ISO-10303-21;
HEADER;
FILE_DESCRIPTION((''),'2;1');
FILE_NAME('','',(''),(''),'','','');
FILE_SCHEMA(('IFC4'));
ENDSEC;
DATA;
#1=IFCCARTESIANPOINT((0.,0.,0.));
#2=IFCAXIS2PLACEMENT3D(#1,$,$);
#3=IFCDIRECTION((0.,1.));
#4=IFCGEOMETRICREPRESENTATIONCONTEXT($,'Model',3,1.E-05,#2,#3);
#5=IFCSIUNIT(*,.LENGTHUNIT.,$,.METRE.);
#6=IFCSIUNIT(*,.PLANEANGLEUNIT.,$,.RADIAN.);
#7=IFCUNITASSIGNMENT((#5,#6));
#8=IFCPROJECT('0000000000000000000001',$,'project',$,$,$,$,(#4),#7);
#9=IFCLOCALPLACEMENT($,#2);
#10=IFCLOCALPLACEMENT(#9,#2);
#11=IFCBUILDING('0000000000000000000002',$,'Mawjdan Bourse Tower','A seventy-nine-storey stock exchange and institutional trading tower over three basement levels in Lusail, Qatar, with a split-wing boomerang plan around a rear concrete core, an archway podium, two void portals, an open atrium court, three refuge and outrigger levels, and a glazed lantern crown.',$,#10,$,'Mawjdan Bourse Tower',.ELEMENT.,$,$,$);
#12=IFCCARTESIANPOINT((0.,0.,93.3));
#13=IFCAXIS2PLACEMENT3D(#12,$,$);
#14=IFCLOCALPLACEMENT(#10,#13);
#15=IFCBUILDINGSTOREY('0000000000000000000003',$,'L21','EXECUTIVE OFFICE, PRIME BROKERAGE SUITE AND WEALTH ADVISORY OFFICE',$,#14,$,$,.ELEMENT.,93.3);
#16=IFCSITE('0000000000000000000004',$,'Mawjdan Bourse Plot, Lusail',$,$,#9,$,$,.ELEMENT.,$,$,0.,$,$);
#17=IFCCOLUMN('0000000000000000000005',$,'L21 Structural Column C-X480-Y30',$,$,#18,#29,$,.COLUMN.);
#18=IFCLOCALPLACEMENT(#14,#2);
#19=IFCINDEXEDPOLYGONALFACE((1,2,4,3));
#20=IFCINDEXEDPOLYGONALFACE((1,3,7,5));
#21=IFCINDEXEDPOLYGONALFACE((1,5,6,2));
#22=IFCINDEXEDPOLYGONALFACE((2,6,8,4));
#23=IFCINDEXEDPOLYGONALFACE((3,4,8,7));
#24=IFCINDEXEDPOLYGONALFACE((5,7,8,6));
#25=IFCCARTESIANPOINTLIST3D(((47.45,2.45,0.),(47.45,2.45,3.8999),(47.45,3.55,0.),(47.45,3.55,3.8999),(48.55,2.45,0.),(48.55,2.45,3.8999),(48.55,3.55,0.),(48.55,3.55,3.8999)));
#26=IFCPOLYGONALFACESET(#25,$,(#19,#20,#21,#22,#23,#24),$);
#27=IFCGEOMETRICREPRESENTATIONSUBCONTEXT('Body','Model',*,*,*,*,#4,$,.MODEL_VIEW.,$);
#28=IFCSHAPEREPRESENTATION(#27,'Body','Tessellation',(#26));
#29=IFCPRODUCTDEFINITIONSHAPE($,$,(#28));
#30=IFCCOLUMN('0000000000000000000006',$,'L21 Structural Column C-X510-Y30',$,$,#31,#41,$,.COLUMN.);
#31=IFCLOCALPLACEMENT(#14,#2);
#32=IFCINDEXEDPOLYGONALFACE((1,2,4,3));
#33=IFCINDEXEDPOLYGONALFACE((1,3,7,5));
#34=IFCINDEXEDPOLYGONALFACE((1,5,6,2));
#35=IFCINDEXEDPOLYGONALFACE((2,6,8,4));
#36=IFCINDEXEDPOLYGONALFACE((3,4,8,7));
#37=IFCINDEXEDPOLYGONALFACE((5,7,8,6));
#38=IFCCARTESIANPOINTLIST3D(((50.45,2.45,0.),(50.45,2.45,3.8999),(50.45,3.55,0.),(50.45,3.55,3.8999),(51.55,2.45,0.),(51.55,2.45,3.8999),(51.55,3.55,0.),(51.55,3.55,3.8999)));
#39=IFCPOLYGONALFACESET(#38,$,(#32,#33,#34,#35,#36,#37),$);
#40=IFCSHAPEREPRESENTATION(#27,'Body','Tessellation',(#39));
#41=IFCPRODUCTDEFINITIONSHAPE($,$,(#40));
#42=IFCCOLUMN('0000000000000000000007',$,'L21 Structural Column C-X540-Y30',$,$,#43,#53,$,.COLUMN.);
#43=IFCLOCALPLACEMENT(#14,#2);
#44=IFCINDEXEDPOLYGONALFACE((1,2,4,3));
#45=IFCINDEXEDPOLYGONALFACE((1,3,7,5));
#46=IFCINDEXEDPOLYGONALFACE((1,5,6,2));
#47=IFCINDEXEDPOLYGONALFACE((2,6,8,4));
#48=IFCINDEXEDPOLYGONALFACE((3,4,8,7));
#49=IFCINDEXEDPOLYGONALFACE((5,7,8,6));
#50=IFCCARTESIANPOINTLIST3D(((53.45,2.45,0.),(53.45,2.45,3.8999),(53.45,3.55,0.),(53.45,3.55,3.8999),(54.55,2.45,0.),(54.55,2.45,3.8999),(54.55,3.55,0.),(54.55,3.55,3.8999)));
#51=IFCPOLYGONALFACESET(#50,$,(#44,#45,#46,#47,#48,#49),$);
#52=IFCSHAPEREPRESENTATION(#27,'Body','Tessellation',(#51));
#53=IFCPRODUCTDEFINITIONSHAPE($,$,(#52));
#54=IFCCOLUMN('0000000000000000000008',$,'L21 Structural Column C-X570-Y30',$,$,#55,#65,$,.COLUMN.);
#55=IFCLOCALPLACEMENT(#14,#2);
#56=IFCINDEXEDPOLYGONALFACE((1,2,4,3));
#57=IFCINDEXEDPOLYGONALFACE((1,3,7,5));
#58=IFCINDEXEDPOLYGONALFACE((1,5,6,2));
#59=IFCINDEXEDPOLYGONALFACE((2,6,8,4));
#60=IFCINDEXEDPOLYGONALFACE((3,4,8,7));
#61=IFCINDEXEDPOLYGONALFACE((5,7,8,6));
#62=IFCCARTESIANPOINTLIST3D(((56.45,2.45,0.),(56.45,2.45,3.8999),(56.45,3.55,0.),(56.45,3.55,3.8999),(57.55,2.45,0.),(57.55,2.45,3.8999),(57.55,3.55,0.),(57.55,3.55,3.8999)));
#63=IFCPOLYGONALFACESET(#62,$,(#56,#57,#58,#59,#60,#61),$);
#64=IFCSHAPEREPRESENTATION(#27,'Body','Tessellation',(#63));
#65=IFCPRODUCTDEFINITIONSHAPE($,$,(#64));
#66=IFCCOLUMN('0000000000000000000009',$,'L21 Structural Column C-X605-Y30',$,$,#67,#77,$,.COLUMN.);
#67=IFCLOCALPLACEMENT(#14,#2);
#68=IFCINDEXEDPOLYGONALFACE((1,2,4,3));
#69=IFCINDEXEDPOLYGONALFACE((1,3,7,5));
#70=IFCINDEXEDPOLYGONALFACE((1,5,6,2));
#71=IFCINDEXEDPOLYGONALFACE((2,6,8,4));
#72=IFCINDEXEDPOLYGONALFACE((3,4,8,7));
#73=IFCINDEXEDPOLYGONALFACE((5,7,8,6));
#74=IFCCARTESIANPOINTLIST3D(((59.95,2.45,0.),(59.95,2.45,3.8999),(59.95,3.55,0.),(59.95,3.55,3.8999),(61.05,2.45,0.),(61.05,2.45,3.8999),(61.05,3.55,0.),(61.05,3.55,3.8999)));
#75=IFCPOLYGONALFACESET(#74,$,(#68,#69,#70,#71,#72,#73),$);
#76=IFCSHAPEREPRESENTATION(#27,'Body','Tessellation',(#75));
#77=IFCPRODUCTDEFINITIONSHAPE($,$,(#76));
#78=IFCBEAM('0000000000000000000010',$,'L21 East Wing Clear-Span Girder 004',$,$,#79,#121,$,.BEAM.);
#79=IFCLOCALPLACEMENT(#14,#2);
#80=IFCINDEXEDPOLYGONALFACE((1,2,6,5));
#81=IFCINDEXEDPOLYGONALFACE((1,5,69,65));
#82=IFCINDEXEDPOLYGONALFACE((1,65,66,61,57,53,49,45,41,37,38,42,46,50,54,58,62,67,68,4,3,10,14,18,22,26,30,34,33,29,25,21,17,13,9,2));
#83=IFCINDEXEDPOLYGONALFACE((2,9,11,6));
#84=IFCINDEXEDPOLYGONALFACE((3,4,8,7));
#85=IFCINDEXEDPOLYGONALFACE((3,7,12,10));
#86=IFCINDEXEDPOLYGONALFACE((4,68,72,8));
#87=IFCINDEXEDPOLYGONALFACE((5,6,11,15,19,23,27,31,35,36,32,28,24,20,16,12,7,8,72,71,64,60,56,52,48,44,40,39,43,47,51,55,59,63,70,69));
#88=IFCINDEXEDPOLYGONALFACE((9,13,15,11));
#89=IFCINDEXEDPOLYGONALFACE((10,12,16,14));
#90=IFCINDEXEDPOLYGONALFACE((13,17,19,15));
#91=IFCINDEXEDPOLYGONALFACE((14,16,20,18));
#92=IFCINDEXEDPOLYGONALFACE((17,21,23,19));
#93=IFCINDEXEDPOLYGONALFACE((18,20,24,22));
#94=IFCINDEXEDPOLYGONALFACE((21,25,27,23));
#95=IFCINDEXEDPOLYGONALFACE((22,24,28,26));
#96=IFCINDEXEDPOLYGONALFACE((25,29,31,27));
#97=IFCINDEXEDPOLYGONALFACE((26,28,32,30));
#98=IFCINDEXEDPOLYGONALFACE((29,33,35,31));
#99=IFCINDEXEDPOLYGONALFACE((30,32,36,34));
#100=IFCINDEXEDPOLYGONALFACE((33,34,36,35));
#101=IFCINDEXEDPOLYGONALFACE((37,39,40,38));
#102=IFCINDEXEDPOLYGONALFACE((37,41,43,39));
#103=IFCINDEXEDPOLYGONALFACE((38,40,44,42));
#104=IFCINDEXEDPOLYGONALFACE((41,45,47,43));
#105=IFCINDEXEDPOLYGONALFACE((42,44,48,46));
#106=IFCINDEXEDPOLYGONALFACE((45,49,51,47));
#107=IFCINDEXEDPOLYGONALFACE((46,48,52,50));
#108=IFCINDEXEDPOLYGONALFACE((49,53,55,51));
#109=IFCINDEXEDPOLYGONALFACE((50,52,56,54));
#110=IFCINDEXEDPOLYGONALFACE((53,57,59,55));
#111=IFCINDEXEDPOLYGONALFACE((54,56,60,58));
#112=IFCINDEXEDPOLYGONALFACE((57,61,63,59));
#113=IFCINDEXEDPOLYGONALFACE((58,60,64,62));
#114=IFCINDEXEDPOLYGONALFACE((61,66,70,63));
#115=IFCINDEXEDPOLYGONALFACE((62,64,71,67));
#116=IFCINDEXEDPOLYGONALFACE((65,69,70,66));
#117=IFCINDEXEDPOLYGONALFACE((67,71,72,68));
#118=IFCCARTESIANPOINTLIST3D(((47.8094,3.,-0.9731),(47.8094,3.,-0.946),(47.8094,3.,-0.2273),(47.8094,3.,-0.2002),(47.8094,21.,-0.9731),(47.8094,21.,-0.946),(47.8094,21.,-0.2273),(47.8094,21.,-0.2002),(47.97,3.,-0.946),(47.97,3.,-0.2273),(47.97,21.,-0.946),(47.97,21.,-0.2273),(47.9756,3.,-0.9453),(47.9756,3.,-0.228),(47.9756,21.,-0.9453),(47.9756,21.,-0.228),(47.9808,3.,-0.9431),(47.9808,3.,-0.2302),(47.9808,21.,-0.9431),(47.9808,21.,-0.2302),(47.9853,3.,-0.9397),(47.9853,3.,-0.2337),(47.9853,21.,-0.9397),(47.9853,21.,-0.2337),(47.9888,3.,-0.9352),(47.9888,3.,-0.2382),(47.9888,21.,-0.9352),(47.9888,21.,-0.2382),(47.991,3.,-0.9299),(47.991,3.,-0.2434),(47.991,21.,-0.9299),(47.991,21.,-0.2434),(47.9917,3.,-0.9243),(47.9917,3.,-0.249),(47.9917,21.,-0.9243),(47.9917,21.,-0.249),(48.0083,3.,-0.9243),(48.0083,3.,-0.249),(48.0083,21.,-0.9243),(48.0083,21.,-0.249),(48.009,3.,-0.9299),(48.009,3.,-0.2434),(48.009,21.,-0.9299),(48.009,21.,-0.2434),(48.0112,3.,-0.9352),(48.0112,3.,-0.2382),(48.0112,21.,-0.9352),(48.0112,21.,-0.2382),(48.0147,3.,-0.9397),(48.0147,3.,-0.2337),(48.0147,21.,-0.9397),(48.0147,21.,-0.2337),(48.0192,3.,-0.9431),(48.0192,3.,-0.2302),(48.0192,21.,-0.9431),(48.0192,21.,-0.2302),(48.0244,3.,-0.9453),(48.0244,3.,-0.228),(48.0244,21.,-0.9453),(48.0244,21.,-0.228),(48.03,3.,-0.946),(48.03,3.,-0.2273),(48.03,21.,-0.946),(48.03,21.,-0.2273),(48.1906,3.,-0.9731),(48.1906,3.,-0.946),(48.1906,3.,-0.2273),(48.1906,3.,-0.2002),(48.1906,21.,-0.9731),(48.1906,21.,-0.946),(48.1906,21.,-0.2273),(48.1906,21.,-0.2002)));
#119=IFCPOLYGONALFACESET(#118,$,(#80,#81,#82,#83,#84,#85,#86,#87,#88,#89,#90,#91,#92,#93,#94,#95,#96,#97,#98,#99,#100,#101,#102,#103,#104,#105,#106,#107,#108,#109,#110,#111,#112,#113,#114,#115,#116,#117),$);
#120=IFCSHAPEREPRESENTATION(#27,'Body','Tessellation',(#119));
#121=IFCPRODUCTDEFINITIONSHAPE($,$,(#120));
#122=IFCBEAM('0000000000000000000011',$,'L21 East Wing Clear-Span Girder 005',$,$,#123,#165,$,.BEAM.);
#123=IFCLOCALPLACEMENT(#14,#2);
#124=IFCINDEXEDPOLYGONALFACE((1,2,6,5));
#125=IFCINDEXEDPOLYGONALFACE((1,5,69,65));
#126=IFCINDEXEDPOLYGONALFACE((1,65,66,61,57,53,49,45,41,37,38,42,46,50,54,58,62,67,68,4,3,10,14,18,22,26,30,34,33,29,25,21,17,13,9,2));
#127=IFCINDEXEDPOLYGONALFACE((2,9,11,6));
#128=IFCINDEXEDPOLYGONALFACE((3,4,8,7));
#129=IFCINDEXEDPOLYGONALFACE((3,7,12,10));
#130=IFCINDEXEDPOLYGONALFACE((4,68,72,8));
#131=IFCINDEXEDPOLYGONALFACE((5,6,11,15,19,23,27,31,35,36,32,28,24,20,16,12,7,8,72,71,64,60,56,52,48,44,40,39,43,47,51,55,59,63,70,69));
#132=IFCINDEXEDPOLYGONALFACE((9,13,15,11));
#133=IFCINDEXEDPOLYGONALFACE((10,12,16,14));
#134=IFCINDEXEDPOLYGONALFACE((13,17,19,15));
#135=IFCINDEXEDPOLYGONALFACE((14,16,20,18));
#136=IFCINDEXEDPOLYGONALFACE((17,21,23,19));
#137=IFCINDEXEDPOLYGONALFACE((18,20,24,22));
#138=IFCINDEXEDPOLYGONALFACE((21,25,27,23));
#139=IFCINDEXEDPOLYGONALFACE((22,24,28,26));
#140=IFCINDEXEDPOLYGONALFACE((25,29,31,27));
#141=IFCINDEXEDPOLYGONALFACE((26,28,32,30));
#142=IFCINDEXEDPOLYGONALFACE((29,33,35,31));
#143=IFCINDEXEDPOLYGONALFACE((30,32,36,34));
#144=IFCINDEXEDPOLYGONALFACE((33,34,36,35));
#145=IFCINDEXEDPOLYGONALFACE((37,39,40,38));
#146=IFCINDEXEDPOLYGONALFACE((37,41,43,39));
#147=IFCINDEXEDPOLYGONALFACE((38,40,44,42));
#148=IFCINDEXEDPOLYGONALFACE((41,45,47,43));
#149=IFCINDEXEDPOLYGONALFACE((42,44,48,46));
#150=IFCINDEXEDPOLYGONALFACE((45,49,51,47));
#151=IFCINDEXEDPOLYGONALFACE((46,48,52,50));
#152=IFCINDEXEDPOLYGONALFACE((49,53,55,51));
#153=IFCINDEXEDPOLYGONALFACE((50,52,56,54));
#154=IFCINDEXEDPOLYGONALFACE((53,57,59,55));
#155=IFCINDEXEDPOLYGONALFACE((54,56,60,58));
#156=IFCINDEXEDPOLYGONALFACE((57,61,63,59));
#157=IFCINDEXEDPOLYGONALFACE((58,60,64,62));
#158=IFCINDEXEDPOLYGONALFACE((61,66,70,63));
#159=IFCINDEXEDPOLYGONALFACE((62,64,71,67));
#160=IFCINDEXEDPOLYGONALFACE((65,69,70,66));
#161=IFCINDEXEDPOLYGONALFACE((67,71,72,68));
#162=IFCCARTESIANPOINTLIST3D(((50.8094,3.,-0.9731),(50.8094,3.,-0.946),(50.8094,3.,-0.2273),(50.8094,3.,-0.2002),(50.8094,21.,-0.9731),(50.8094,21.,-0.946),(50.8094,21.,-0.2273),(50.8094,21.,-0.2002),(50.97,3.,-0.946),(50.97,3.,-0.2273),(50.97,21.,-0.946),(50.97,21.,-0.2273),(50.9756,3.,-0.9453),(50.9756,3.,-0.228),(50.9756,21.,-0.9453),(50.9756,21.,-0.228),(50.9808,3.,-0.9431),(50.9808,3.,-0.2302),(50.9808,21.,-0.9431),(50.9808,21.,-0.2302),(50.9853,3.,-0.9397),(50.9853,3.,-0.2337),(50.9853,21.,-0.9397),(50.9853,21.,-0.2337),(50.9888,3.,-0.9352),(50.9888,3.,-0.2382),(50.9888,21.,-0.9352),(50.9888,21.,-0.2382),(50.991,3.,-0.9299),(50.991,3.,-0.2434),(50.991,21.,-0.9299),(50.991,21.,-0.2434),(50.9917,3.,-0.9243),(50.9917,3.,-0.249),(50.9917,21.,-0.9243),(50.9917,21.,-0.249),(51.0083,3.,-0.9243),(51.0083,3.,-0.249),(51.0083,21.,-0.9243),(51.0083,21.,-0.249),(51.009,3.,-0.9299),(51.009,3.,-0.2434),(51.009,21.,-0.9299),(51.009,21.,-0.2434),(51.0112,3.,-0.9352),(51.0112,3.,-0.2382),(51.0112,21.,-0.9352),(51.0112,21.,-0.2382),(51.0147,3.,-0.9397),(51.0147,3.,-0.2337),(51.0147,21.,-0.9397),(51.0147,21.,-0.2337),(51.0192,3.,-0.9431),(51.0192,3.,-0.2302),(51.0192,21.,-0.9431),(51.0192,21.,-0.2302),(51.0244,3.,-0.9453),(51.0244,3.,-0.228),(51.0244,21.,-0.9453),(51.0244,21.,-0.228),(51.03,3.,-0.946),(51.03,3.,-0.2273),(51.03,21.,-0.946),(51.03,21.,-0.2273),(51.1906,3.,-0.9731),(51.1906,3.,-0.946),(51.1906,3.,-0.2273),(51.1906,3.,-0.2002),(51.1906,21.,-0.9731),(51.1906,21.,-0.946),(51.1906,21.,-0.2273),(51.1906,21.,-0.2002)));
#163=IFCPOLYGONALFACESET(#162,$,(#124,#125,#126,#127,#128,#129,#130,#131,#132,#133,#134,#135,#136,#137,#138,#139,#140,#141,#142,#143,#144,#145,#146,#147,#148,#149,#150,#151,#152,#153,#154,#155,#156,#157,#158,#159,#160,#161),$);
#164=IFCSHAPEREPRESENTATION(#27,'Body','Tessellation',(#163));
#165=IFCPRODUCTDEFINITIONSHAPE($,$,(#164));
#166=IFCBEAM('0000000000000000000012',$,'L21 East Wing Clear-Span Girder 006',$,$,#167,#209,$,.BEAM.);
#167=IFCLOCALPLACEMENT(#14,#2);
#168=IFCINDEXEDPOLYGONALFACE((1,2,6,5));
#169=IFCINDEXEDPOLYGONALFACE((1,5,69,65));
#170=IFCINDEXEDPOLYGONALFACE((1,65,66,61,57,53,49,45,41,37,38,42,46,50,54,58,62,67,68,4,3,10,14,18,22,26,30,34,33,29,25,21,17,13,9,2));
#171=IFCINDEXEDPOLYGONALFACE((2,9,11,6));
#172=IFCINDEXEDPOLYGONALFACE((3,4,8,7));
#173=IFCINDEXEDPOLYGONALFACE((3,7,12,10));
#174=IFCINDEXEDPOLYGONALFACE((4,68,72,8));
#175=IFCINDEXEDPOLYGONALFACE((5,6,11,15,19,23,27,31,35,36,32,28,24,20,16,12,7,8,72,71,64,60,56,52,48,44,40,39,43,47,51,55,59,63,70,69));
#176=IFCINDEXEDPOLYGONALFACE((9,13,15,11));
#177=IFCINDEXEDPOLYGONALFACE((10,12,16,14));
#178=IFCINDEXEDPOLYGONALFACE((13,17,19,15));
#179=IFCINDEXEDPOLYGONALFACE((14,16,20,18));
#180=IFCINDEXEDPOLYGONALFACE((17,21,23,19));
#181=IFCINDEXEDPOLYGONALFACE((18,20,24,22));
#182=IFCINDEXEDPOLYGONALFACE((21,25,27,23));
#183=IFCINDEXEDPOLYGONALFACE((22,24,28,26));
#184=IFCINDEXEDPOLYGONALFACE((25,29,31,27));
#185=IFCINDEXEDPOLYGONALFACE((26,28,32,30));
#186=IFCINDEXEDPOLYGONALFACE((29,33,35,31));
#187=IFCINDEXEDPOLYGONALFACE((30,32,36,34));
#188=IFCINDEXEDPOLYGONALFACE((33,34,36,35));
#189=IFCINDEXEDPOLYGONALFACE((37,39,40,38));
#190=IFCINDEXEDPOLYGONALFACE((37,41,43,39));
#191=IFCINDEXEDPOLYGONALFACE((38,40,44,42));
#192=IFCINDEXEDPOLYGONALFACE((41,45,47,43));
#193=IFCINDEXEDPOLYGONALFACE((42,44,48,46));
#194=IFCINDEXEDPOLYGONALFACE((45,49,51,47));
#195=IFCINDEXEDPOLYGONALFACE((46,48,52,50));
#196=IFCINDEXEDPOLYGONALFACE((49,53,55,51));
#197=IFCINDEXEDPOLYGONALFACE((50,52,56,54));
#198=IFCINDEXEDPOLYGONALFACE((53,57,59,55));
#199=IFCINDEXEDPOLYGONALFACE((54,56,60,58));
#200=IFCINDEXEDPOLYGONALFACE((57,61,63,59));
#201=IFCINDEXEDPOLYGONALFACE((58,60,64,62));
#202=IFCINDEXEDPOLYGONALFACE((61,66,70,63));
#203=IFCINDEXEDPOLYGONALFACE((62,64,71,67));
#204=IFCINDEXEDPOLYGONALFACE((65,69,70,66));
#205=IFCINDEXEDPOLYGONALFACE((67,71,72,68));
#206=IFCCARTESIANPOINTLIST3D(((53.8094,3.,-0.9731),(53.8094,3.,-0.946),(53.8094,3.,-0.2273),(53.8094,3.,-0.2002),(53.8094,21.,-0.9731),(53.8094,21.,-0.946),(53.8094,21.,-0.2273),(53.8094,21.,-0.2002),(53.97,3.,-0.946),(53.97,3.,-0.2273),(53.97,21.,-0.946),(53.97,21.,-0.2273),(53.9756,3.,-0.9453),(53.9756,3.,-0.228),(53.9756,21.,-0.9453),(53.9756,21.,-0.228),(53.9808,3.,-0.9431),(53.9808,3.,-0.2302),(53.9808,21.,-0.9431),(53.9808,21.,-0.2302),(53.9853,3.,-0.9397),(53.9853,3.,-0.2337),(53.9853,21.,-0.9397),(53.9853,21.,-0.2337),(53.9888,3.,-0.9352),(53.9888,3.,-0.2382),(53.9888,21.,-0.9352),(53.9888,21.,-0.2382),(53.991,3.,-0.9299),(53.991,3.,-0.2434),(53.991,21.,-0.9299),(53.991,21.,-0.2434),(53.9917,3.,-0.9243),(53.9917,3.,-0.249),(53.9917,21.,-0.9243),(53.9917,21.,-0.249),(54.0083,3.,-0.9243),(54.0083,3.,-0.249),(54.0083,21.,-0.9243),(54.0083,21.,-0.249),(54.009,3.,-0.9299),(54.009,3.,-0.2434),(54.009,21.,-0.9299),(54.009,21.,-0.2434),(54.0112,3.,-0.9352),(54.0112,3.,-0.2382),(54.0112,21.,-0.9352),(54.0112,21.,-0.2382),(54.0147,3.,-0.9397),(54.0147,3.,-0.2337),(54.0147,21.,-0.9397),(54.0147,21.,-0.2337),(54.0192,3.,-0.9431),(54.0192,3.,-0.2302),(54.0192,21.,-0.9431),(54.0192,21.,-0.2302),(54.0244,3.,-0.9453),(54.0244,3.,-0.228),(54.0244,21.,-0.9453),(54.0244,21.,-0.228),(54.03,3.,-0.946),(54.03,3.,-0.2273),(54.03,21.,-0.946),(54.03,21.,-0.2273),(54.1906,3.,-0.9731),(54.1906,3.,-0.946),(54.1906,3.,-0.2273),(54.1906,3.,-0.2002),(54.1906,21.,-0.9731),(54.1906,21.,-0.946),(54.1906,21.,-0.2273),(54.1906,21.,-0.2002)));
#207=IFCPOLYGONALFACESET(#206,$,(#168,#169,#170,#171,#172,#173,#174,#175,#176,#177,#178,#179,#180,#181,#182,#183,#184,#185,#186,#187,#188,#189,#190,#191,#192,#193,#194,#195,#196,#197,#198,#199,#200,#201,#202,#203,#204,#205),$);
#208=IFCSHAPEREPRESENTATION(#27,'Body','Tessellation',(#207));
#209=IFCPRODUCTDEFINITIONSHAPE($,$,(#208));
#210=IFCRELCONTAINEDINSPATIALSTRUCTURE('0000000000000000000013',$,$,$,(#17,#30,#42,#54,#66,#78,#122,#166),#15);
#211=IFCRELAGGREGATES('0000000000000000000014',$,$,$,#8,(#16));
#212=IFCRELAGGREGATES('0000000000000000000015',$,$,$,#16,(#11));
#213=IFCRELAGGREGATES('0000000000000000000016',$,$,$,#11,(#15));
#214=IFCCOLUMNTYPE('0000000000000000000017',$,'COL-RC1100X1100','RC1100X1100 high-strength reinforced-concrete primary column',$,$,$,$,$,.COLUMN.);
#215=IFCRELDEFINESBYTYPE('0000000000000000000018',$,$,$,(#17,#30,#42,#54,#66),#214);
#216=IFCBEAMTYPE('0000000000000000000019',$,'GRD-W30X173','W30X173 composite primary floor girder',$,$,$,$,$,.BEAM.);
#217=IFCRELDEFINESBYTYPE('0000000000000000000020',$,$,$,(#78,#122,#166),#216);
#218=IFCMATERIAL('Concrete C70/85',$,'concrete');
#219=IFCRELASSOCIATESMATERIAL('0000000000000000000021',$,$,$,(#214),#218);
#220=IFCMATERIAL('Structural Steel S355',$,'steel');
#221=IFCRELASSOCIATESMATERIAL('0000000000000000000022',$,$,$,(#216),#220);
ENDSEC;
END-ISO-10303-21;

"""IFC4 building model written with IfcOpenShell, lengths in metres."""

from ifc_helpers import new_model, si_unit, direction, frame, origin, origin_2d, place, context, subcontext, project, spatial, rectangle, i_section, extrude, material, material_profile, profile_set, type_object, element, save


model = new_model("IFC4")

# Units and contexts
model_context = context("Model", 3, precision=1e-05, world=origin(), true_north=direction((0.0, 1.0)))
body_context = subcontext(model_context, "Body", "Model", "MODEL_VIEW")
ifc_project = project(units=[si_unit("LENGTHUNIT", "METRE"), si_unit("PLANEANGLEUNIT", "RADIAN")], contexts=[model_context])

# Site, building, storey
site_placement = place(None, origin())
site = spatial("IfcSite", under=ifc_project, at=site_placement, Name="Mawjdan Bourse Plot, Lusail", CompositionType="ELEMENT", RefElevation=0.0)
building_placement = place(site_placement, origin())
building = spatial("IfcBuilding", under=site, at=building_placement, Name="Mawjdan Bourse Tower", Description="A seventy-nine-storey stock exchange and institutional trading tower over three basement levels in Lusail, Qatar, with a split-wing boomerang plan around a rear concrete core, an archway podium, two void portals, an open atrium court, three refuge and outrigger levels, and a glazed lantern crown.", LongName="Mawjdan Bourse Tower", CompositionType="ELEMENT")
storey_placement = place(building_placement, frame((0.0, 0.0, 93.3)))
storey = spatial("IfcBuildingStorey", under=building, at=storey_placement, Name="L21", Description="EXECUTIVE OFFICE, PRIME BROKERAGE SUITE AND WEALTH ADVISORY OFFICE", CompositionType="ELEMENT", Elevation=93.3)

# Columns
ifc_material_1 = material(Name="Concrete C70/85", Category="concrete")
ifc_material_profile_1 = material_profile(ifc_material_1, rectangle(XDim=1.1001, YDim=1.1001, at=origin_2d()), Name="RC1100X1100")
ifc_profile_set_1 = profile_set([ifc_material_profile_1], Name="Concrete C70/85")
column_type = type_object("IfcColumnType", Name="COL-RC1100X1100", Description="RC1100X1100 high-strength reinforced-concrete primary column", PredefinedType="COLUMN", material=ifc_profile_set_1)
for number, where, z_axis, x_axis, name in (
    (1, (48.0, 3.0, 0.0), (0.0, 0.0, 1.0), (1.0, 0.0, 0.0), "L21 Structural Column C-X480-Y30"),
    (2, (51.0, 3.0, 0.0), (0.0, 0.0, 1.0), (1.0, 0.0, 0.0), "L21 Structural Column C-X510-Y30"),
    (3, (54.0, 3.0, 0.0), (0.0, 0.0, 1.0), (1.0, 0.0, 0.0), "L21 Structural Column C-X540-Y30"),
    (4, (57.0, 3.0, 0.0), (0.0, 0.0, 1.0), (1.0, 0.0, 0.0), "L21 Structural Column C-X570-Y30"),
    (5, (60.5, 3.0, 0.0), (0.0, 0.0, 1.0), (1.0, 0.0, 0.0), "L21 Structural Column C-X605-Y30"),
):
    element("IfcColumn", number, at=place(storey_placement, frame(where, z_axis=z_axis, x_axis=x_axis)), inside=storey, type_object=column_type, Name=name, PredefinedType="COLUMN", context=body_context, shape_type="SweptSolid", body=[
        extrude(rectangle(XDim=1.1001, YDim=1.1001, at=origin_2d()), origin(), (0.0, 0.0, 1.0), 3.8999),
    ])

# Beams
ifc_material_2 = material(Name="Structural Steel S355", Category="steel")
ifc_material_profile_2 = material_profile(ifc_material_2, i_section(OverallWidth=0.3811, OverallDepth=0.7729, WebThickness=0.0166, FlangeThickness=0.0271, FilletRadius=0.0217, at=origin_2d()), Name="W30X173")
ifc_profile_set_2 = profile_set([ifc_material_profile_2], Name="Structural Steel S355")
beam_type_1 = type_object("IfcBeamType", Name="GRD-W30X173", Description="W30X173 composite primary floor girder", PredefinedType="BEAM", material=ifc_profile_set_2)
for number, where, z_axis, x_axis, name in (
    (6, (48.0, 3.0, -0.5867), (0.0, 1.0, 0.0), (-1.0, 0.0, 0.0), "L21 East Wing Clear-Span Girder 004"),
    (7, (51.0, 3.0, -0.5867), (0.0, 1.0, 0.0), (-1.0, 0.0, 0.0), "L21 East Wing Clear-Span Girder 005"),
    (8, (54.0, 3.0, -0.5867), (0.0, 1.0, 0.0), (-1.0, 0.0, 0.0), "L21 East Wing Clear-Span Girder 006"),
):
    element("IfcBeam", number, at=place(storey_placement, frame(where, z_axis=z_axis, x_axis=x_axis)), inside=storey, type_object=beam_type_1, Name=name, PredefinedType="BEAM", context=body_context, shape_type="SweptSolid", body=[
        extrude(i_section(OverallWidth=0.3811, OverallDepth=0.7729, WebThickness=0.0166, FlangeThickness=0.0271, FilletRadius=0.0217, at=origin_2d()), origin(), (0.0, 0.0, 1.0), 18.0),
    ])

save(model, "model.ifc")
